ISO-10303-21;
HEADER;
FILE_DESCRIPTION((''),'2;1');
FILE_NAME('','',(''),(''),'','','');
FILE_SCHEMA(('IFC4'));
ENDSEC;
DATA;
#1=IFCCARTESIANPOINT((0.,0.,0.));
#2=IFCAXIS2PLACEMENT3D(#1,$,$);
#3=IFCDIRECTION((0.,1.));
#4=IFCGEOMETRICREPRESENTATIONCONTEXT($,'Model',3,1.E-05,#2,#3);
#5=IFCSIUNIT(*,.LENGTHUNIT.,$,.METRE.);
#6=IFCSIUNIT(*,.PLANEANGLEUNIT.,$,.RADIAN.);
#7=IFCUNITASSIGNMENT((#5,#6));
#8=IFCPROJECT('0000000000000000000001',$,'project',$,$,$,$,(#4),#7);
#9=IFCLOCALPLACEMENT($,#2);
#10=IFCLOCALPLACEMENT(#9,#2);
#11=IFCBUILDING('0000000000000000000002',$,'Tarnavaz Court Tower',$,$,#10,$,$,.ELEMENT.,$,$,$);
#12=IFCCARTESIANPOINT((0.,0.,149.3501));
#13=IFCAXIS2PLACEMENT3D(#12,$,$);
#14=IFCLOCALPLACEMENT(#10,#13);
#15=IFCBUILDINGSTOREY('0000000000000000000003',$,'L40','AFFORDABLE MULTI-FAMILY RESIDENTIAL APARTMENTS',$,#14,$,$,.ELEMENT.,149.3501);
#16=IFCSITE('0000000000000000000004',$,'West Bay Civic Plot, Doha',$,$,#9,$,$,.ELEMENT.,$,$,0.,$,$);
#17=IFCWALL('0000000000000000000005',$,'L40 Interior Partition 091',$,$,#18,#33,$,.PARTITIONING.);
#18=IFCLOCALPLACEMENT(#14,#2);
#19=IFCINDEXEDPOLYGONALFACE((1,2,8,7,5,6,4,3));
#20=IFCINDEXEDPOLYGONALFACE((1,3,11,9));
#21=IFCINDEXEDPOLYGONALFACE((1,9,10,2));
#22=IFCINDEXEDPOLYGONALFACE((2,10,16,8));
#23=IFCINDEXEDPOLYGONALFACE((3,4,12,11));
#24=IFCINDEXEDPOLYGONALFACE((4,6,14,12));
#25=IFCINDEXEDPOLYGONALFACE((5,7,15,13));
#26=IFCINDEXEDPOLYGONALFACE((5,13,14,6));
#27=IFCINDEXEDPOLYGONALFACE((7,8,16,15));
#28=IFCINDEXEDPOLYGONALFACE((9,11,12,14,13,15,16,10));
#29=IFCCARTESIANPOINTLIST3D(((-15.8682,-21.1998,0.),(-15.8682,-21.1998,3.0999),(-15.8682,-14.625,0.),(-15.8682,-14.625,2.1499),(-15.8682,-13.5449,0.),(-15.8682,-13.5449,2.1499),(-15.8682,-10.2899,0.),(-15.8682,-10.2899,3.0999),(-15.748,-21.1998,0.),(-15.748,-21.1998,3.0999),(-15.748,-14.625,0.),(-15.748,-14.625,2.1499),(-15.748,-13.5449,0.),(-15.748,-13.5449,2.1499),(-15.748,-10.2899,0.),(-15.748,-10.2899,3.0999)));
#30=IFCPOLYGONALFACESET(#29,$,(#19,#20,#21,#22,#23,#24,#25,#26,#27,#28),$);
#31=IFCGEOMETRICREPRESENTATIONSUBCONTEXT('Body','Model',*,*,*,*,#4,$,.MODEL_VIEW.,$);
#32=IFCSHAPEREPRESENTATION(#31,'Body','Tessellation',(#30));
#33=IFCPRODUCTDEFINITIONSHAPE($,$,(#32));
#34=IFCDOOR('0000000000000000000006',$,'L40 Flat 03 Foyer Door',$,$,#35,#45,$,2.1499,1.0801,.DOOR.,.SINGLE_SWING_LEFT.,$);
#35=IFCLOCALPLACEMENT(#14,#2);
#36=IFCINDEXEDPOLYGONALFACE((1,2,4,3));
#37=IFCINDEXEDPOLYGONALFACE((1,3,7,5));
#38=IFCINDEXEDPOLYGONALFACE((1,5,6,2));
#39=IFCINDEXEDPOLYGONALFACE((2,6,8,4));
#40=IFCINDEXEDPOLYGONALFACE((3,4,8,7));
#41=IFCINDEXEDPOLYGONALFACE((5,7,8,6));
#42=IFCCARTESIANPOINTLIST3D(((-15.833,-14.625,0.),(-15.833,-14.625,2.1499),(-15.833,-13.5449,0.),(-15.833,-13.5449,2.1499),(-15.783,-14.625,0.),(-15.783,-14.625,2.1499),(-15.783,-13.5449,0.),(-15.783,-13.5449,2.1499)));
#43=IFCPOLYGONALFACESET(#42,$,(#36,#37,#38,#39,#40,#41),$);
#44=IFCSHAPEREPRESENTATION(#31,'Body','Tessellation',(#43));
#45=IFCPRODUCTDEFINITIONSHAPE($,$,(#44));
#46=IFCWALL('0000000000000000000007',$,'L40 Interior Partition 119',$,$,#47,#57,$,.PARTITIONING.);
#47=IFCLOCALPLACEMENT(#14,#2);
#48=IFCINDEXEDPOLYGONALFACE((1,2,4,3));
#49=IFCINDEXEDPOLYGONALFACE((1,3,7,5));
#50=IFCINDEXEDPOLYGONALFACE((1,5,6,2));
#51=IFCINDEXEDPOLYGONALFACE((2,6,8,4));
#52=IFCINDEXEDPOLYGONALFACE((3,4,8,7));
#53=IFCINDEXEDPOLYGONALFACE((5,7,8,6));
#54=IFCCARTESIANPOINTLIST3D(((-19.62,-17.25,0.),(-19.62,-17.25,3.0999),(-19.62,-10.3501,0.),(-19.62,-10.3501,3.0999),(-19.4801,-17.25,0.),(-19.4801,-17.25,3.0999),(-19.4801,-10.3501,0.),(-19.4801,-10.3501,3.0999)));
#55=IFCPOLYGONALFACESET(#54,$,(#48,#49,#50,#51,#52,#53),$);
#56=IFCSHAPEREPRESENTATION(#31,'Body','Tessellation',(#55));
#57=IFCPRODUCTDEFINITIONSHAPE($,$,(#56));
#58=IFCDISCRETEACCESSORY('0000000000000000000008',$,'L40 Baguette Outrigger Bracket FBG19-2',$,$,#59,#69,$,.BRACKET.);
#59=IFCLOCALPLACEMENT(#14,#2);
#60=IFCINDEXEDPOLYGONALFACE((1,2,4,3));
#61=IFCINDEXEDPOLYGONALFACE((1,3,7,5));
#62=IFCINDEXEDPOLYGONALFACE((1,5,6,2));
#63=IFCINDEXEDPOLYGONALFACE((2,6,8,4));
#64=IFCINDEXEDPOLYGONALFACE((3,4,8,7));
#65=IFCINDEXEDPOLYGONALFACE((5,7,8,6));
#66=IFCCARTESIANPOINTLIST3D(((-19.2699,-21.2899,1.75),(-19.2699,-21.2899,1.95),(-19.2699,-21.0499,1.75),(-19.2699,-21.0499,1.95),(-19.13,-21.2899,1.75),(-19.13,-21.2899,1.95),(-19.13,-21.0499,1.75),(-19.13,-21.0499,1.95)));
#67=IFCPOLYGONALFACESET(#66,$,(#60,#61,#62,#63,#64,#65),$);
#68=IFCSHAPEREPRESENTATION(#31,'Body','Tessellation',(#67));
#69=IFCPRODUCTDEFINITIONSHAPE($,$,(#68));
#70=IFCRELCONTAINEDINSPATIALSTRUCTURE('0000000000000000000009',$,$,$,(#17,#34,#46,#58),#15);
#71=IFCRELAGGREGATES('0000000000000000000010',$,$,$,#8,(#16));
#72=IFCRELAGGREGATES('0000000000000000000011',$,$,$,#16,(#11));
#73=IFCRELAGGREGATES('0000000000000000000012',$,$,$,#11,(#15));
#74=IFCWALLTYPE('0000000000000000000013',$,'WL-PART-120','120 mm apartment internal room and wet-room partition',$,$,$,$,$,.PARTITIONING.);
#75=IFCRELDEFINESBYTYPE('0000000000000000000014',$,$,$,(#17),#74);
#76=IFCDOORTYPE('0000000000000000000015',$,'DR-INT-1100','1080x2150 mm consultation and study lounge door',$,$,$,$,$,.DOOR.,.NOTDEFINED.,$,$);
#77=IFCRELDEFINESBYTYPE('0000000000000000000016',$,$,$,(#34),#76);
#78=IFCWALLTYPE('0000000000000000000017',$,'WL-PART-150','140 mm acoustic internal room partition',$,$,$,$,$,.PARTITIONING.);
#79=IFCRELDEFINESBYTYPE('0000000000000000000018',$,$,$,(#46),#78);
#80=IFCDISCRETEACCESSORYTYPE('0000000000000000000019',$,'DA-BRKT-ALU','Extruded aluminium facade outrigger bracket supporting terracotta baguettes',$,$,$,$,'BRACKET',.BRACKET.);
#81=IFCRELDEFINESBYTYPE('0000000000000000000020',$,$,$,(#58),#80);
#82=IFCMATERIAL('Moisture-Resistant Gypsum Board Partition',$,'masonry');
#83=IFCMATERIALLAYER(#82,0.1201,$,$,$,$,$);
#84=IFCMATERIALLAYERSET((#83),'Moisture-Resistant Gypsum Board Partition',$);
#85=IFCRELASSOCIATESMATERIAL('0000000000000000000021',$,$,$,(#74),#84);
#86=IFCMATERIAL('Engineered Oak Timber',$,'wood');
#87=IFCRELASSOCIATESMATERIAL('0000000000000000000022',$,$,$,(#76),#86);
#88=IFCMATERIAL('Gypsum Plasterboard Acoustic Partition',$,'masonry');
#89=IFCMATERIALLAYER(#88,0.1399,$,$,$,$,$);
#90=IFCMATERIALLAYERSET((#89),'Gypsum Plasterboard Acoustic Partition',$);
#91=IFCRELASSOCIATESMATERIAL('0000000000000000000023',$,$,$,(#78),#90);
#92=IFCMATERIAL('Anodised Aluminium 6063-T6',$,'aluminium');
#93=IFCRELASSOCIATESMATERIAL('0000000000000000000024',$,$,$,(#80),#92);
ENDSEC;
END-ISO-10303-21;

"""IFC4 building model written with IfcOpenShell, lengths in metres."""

from ifc_helpers import new_model, si_unit, direction, frame, frame_2d, origin, origin_2d, place, context, subcontext, project, spatial, rectangle, extrude, material, layer, layer_set, type_object, element, fill, save


model = new_model("IFC4")

# Units and contexts
model_context = context("Model", 3, precision=1e-05, world=origin(), true_north=direction((0.0, 1.0)))
body_context = subcontext(model_context, "Body", "Model", "MODEL_VIEW")
ifc_project = project(units=[si_unit("LENGTHUNIT", "METRE"), si_unit("PLANEANGLEUNIT", "RADIAN")], contexts=[model_context])

# Site, building, storey
site_placement = place(None, origin())
site = spatial("IfcSite", under=ifc_project, at=site_placement, Name="West Bay Civic Plot, Doha", CompositionType="ELEMENT", RefElevation=0.0)
building_placement = place(site_placement, origin())
building = spatial("IfcBuilding", under=site, at=building_placement, Name="Tarnavaz Court Tower", CompositionType="ELEMENT")
storey_placement = place(building_placement, frame((0.0, 0.0, 149.3501)))
storey = spatial("IfcBuildingStorey", under=building, at=storey_placement, Name="L40", Description="AFFORDABLE MULTI-FAMILY RESIDENTIAL APARTMENTS", CompositionType="ELEMENT", Elevation=149.3501)

# Wall, opening, door
ifc_material_1 = material(Name="Moisture-Resistant Gypsum Board Partition", Category="masonry")
ifc_layer_1 = layer(ifc_material_1, 0.1201)
ifc_layer_set_1 = layer_set([ifc_layer_1], Name="Moisture-Resistant Gypsum Board Partition")
wall_type_1 = type_object("IfcWallType", Name="WL-PART-120", Description="120 mm apartment internal room and wet-room partition", PredefinedType="PARTITIONING", material=ifc_layer_set_1)
wall_1_placement = place(storey_placement, frame((-15.8081, -21.2, 0.0), z_axis=(0.0, 0.0, 1.0), x_axis=(0.0, 1.0, 0.0)))
wall_1 = element("IfcWall", 1, at=wall_1_placement, inside=storey, type_object=wall_type_1, Name="L40 Interior Partition 091", PredefinedType="PARTITIONING", context=body_context, shape_type="SweptSolid", body=[
    extrude(rectangle(XDim=10.9099, YDim=0.1201, at=frame_2d((5.4551, 0.0))), origin(), (0.0, 0.0, 1.0), 3.0999),
])
opening_1_placement = place(wall_1_placement, frame((6.575, 0.0, 0.0)))
opening_1 = element("IfcOpeningElement", 2, at=opening_1_placement, cuts=wall_1, PredefinedType="OPENING", context=body_context, shape_type="SweptSolid", body=[
    extrude(rectangle(XDim=1.0801, YDim=2.1499, at=frame_2d((0.54, 1.075))), frame((0.0, 0.0701, 0.0), z_axis=(0.0, -1.0, 0.0), x_axis=(1.0, 0.0, 0.0)), (0.0, 0.0, 1.0), 0.1401),
])
ifc_material_2 = material(Name="Engineered Oak Timber", Category="wood")
door_type = type_object("IfcDoorType", Name="DR-INT-1100", Description="1080x2150 mm consultation and study lounge door", OperationType="NOTDEFINED", PredefinedType="DOOR", material=ifc_material_2)
door_placement = place(opening_1_placement, origin())
door = element("IfcDoor", 3, at=door_placement, inside=storey, type_object=door_type, Name="L40 Flat 03 Foyer Door", OperationType="SINGLE_SWING_LEFT", OverallHeight=2.1499, OverallWidth=1.0801, PredefinedType="DOOR", context=body_context, shape_type="SweptSolid", body=[
    extrude(rectangle(XDim=1.0801, YDim=2.1499, at=frame_2d((0.54, 1.075))), frame((0.0, 0.0249, 0.0), z_axis=(0.0, -1.0, 0.0), x_axis=(1.0, 0.0, 0.0)), (0.0, 0.0, 1.0), 0.05),
])
fill(opening_1, door)

# Wall
ifc_material_3 = material(Name="Gypsum Plasterboard Acoustic Partition", Category="masonry")
ifc_layer_2 = layer(ifc_material_3, 0.1399)
ifc_layer_set_2 = layer_set([ifc_layer_2], Name="Gypsum Plasterboard Acoustic Partition")
wall_type_2 = type_object("IfcWallType", Name="WL-PART-150", Description="140 mm acoustic internal room partition", PredefinedType="PARTITIONING", material=ifc_layer_set_2)
wall_2_placement = place(storey_placement, frame((-19.55, -17.25, 0.0), z_axis=(0.0, 0.0, 1.0), x_axis=(0.0, 1.0, 0.0)))
element("IfcWall", 4, at=wall_2_placement, inside=storey, type_object=wall_type_2, Name="L40 Interior Partition 119", PredefinedType="PARTITIONING", context=body_context, shape_type="SweptSolid", body=[
    extrude(rectangle(XDim=6.8999, YDim=0.1399, at=frame_2d((3.45, 0.0))), origin(), (0.0, 0.0, 1.0), 3.0999),
])

# Discrete accessory
ifc_material_4 = material(Name="Anodised Aluminium 6063-T6", Category="aluminium")
discrete_accessory_type = type_object("IfcDiscreteAccessoryType", Name="DA-BRKT-ALU", Description="Extruded aluminium facade outrigger bracket supporting terracotta baguettes", ElementType="BRACKET", PredefinedType="BRACKET", material=ifc_material_4)
discrete_accessory_placement = place(storey_placement, frame((-19.2, -21.1699, 1.75), z_axis=(0.0, 0.0, 1.0), x_axis=(-1.0, 0.0, 0.0)))
element("IfcDiscreteAccessory", 5, at=discrete_accessory_placement, inside=storey, type_object=discrete_accessory_type, Name="L40 Baguette Outrigger Bracket FBG19-2", PredefinedType="BRACKET", context=body_context, shape_type="SweptSolid", body=[
    extrude(rectangle(XDim=0.1399, YDim=0.24, at=origin_2d()), origin(), (0.0, 0.0, 1.0), 0.2),
])

save(model, "model.ifc")
